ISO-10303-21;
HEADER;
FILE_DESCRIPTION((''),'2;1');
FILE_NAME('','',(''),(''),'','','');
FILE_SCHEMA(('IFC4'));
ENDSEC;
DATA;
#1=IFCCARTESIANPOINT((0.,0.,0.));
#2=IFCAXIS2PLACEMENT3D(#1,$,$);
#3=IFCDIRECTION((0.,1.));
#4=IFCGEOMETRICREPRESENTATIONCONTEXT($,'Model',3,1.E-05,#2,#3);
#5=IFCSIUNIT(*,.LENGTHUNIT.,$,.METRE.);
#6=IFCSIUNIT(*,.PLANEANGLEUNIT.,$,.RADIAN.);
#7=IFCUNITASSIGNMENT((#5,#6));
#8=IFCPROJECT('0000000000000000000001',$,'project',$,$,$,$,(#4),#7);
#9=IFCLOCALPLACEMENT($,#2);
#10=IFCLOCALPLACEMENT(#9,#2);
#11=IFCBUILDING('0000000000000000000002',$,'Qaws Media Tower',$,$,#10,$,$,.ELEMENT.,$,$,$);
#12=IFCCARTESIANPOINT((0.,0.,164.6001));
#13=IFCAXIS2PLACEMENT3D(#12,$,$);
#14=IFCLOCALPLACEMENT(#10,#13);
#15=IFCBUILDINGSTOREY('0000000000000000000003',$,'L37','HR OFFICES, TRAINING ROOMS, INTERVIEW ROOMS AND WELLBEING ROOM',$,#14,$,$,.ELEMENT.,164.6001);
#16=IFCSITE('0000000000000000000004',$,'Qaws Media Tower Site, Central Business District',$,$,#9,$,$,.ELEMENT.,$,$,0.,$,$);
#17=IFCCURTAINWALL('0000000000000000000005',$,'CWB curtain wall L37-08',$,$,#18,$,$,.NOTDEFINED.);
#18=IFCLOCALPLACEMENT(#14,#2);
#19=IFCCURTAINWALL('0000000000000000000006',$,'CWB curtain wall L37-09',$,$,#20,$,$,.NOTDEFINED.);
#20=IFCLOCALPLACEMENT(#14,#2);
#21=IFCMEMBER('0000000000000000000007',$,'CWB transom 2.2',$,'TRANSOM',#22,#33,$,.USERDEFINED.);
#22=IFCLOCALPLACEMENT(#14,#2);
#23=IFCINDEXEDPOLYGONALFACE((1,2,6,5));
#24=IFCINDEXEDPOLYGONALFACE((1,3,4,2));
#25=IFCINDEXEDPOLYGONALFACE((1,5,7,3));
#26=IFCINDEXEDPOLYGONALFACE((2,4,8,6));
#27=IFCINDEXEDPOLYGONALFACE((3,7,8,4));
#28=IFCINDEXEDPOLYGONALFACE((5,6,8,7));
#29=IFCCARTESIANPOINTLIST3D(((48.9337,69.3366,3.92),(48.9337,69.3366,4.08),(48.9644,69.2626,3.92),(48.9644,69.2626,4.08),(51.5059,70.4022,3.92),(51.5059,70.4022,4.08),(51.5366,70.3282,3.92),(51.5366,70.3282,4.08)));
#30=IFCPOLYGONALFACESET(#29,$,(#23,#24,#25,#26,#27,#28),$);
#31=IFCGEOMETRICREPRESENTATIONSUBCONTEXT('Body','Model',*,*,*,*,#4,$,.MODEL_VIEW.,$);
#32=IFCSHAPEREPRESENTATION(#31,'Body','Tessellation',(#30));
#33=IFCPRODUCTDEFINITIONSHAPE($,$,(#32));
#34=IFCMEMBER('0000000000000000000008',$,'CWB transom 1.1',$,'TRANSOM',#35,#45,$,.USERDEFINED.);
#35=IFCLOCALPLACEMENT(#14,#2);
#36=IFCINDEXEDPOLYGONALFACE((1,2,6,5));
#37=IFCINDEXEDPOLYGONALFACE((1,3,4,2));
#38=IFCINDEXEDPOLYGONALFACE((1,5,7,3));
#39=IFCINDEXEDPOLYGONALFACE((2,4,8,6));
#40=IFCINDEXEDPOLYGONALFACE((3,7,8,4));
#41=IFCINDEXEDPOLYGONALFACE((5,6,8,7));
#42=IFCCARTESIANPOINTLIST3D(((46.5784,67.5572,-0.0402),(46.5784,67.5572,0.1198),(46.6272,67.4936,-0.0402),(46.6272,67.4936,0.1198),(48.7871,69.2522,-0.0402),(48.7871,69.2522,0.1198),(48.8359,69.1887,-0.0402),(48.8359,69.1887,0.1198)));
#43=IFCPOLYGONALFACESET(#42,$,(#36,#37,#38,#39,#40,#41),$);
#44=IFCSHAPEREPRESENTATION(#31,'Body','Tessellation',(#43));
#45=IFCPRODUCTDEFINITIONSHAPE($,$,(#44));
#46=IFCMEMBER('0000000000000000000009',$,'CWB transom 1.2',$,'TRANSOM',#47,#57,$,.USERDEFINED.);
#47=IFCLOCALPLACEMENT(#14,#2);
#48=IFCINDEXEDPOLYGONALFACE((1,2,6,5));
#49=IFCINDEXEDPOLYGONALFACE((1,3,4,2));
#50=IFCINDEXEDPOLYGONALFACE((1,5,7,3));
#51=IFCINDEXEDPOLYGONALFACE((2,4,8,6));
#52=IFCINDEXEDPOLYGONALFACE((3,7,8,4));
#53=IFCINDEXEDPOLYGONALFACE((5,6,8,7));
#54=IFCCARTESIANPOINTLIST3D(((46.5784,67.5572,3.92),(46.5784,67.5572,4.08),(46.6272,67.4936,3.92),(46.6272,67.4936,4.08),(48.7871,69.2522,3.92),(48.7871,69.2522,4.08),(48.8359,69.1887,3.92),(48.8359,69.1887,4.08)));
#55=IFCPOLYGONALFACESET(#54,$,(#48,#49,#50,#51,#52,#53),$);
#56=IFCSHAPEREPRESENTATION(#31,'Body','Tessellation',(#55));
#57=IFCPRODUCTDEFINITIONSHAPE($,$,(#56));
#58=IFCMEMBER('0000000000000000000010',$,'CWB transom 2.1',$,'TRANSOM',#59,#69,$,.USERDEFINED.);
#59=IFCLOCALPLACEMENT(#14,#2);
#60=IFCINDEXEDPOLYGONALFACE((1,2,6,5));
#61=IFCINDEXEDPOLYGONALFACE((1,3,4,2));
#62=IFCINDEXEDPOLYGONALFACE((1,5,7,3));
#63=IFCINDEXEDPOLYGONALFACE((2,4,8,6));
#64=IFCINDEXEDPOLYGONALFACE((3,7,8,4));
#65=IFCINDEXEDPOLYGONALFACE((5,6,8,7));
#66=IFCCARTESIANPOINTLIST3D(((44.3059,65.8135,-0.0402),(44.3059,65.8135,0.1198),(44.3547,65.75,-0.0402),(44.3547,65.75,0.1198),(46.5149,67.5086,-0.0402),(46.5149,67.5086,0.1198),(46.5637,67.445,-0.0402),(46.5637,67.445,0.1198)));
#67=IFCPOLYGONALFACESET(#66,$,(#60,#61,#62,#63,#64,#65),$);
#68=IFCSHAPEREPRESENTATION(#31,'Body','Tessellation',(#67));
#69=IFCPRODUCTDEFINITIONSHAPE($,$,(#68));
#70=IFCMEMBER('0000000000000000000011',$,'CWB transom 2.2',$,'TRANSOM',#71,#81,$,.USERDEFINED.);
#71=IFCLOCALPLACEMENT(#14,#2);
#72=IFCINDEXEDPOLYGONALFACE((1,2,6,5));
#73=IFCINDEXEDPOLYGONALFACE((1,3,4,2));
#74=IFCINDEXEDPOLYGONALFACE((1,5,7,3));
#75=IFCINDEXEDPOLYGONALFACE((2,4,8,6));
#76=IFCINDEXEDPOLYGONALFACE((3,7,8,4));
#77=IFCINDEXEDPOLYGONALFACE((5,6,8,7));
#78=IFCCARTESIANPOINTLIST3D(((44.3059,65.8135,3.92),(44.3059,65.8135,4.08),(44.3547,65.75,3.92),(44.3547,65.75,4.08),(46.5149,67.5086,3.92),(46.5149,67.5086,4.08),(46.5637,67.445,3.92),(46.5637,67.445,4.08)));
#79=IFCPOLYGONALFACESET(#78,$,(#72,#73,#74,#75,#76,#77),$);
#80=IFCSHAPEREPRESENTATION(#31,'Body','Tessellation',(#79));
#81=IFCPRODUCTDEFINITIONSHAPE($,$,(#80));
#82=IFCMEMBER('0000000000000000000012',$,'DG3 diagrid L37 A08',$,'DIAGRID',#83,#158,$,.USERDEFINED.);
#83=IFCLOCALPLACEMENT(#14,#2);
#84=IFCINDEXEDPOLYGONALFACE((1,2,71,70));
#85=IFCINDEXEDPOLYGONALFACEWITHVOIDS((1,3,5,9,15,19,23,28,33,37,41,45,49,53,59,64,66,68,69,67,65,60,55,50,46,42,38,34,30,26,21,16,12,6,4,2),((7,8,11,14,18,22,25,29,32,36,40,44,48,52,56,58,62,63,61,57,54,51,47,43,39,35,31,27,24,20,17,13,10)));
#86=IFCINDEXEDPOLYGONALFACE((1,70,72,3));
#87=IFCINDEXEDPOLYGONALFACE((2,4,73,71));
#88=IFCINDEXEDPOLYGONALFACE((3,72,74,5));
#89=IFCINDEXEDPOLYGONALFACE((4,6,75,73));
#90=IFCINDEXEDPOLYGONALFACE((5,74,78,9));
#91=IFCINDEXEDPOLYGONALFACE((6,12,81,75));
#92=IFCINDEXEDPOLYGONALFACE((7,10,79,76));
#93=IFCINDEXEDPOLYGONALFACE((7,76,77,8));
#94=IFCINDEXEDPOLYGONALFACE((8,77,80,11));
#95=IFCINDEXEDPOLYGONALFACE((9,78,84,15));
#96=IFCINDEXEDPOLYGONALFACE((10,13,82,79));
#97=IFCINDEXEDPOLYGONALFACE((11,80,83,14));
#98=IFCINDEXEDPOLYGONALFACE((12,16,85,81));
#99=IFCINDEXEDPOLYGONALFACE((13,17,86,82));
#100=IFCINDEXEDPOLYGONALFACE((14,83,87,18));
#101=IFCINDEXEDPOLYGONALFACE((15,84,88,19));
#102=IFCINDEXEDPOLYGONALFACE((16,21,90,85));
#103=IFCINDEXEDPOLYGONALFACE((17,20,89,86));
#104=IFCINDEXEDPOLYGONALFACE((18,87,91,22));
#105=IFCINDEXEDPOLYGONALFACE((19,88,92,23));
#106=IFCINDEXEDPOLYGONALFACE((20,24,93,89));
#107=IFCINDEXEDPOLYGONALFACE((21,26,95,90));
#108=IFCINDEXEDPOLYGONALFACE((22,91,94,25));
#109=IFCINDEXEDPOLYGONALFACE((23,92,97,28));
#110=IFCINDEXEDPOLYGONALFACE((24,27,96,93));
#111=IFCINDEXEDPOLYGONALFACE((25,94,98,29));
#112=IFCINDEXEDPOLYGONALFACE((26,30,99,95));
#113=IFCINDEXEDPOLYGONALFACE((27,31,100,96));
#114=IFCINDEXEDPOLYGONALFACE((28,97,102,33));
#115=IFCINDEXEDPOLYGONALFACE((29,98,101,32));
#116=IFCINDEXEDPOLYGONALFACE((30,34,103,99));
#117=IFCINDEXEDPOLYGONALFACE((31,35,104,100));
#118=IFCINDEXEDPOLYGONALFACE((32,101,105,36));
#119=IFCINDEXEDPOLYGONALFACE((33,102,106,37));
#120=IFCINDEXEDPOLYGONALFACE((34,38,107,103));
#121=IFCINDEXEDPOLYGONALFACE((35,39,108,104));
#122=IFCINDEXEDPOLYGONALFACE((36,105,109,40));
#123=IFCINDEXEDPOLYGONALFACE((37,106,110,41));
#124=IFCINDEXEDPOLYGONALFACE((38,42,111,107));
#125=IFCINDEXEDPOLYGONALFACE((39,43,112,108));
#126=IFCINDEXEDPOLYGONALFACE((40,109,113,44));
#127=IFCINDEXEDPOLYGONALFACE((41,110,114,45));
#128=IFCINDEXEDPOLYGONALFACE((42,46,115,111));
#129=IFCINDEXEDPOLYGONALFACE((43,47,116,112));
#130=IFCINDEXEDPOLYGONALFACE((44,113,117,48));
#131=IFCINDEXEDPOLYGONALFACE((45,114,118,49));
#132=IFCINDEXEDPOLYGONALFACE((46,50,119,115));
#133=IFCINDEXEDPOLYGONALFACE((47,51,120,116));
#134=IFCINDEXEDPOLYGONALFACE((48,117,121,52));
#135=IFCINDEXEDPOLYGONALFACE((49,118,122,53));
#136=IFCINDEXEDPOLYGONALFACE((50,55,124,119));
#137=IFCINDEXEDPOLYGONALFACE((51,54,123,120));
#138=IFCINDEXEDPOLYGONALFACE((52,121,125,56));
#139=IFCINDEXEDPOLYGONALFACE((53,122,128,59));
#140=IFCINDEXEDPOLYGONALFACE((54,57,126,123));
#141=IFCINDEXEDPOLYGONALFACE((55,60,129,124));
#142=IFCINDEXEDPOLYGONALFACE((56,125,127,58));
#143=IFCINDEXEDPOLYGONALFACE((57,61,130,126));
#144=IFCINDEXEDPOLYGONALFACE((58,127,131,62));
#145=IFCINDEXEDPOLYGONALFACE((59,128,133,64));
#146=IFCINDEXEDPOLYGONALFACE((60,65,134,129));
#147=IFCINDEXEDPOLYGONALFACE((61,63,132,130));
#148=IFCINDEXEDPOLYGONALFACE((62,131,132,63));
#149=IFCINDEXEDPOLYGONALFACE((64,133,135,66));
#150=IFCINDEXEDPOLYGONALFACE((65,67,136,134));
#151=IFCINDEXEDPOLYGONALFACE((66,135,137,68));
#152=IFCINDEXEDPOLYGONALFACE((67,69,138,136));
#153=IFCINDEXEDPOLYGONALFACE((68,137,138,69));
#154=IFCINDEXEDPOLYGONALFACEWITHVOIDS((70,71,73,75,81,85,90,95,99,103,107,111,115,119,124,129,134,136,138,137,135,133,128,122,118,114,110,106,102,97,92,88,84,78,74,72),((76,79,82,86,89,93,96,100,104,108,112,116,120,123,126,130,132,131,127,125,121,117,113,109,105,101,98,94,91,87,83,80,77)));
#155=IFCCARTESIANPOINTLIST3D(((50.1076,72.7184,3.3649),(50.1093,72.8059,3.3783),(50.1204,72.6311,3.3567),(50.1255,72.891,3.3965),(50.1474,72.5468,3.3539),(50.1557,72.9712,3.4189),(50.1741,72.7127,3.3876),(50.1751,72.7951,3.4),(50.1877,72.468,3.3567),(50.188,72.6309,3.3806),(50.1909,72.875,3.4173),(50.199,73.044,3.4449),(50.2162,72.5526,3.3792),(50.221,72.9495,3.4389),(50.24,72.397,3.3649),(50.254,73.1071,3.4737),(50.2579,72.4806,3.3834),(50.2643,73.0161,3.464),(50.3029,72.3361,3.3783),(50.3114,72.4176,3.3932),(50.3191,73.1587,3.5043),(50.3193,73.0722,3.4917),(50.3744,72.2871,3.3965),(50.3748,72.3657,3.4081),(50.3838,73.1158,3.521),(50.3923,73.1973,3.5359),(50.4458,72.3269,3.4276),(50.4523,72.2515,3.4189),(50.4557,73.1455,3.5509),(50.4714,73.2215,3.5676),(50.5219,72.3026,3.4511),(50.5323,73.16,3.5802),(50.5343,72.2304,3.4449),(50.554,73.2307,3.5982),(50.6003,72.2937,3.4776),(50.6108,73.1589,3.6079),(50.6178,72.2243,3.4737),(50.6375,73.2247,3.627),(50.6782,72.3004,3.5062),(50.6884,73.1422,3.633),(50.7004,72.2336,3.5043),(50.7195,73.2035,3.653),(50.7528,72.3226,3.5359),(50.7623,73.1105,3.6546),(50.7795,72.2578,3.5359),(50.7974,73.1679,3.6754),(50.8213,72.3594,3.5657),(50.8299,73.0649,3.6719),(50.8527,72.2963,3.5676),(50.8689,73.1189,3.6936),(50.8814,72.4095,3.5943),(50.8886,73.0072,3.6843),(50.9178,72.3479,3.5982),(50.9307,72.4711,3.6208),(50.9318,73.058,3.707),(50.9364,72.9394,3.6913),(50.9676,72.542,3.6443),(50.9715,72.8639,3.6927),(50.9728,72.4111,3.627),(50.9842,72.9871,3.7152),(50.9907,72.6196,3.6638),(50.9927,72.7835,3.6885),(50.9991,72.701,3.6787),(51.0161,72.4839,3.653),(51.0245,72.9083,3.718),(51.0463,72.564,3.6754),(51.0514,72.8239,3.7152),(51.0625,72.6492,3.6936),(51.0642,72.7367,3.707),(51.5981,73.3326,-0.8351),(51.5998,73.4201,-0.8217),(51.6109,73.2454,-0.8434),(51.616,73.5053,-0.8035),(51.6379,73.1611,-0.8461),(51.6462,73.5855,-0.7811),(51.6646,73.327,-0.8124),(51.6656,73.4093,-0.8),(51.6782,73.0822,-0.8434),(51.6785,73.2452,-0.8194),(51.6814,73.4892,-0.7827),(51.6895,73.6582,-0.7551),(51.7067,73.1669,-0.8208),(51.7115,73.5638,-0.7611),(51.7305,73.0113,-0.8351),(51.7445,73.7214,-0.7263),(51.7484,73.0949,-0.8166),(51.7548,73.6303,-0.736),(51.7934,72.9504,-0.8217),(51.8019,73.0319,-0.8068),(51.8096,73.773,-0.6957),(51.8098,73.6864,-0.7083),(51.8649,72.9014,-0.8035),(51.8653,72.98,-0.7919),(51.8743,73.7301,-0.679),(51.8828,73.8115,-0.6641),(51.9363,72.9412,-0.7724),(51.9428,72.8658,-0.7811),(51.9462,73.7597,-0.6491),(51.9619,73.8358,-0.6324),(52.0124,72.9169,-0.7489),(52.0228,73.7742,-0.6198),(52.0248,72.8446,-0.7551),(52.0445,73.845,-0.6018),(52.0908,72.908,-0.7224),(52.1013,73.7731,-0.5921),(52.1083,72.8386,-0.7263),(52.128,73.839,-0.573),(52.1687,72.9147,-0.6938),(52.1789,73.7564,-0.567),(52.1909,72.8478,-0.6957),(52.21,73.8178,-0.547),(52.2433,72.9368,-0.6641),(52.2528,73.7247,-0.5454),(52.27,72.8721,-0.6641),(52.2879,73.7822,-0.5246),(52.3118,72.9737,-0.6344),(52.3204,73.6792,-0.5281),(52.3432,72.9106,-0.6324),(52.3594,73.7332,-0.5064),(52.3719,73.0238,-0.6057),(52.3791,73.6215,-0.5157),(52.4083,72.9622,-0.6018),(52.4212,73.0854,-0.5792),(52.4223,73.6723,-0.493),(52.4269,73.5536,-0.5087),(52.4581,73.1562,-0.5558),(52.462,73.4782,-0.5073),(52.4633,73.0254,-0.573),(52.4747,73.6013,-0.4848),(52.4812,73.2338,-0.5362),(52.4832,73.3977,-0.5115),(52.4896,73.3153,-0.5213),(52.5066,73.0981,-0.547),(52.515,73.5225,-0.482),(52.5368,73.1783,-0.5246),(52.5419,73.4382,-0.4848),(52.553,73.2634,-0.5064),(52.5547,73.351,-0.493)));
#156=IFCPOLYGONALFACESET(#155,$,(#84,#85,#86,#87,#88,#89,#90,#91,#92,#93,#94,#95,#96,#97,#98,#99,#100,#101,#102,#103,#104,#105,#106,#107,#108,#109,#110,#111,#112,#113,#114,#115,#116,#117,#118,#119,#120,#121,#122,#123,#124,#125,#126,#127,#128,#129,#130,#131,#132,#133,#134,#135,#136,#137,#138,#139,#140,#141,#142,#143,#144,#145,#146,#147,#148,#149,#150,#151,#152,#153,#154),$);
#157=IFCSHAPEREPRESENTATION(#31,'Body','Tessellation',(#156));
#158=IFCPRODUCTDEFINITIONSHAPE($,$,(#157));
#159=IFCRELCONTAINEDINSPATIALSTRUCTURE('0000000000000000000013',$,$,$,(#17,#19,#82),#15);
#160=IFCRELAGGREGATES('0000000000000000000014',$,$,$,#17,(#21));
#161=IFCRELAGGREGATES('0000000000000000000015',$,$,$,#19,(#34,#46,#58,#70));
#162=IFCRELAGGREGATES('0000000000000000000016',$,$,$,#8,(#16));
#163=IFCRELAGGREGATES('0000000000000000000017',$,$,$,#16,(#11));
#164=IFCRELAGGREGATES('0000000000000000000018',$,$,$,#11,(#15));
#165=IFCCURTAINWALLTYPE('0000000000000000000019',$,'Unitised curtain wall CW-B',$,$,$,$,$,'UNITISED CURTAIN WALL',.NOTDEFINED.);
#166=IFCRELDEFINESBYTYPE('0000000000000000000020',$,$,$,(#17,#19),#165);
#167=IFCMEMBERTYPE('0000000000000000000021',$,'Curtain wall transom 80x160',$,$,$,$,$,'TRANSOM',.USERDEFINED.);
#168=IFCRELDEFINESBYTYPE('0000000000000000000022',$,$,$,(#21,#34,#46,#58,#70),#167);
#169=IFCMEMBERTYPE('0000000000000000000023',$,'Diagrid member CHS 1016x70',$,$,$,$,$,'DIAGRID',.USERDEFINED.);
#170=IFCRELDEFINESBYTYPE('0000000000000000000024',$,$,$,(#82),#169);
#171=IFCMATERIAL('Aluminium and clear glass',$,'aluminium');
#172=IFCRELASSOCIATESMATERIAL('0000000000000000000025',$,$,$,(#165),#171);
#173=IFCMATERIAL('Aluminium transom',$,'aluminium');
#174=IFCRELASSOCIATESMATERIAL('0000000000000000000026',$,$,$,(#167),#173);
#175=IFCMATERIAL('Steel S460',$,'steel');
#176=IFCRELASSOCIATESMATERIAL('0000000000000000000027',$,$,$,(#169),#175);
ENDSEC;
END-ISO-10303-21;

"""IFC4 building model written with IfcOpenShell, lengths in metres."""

from ifc_helpers import new_model, si_unit, direction, frame, origin, origin_2d, place, context, subcontext, project, spatial, rectangle, hollow_circle, extrude, material, material_profile, profile_set, type_object, element, aggregate, save


model = new_model("IFC4")

# Units and contexts
model_context = context("Model", 3, precision=1e-05, world=origin(), true_north=direction((0.0, 1.0)))
body_context = subcontext(model_context, "Body", "Model", "MODEL_VIEW")
ifc_project = project(units=[si_unit("LENGTHUNIT", "METRE"), si_unit("PLANEANGLEUNIT", "RADIAN")], contexts=[model_context])

# Site, building, storey
site_placement = place(None, origin())
site = spatial("IfcSite", under=ifc_project, at=site_placement, Name="Qaws Media Tower Site, Central Business District", CompositionType="ELEMENT", RefElevation=0.0)
building_placement = place(site_placement, origin())
building = spatial("IfcBuilding", under=site, at=building_placement, Name="Qaws Media Tower", CompositionType="ELEMENT")
storey_placement = place(building_placement, frame((0.0, 0.0, 164.6001)))
storey = spatial("IfcBuildingStorey", under=building, at=storey_placement, Name="L37", Description="HR OFFICES, TRAINING ROOMS, INTERVIEW ROOMS AND WELLBEING ROOM", CompositionType="ELEMENT", Elevation=164.6001)

# Curtain walls
ifc_material_1 = material(Name="Aluminium and clear glass", Category="aluminium")
curtain_wall_type = type_object("IfcCurtainWallType", Name="Unitised curtain wall CW-B", ElementType="UNITISED CURTAIN WALL", PredefinedType="NOTDEFINED", material=ifc_material_1)
curtain_wall_1_placement = place(storey_placement, origin())
curtain_wall_1 = element("IfcCurtainWall", 1, at=curtain_wall_1_placement, inside=storey, type_object=curtain_wall_type, Name="CWB curtain wall L37-08", PredefinedType="NOTDEFINED")
curtain_wall_2_placement = place(storey_placement, origin())
curtain_wall_2 = element("IfcCurtainWall", 2, at=curtain_wall_2_placement, inside=storey, type_object=curtain_wall_type, Name="CWB curtain wall L37-09", PredefinedType="NOTDEFINED")

# Members
ifc_material_2 = material(Name="Aluminium transom", Category="aluminium")
ifc_material_profile_1 = material_profile(ifc_material_2, rectangle(XDim=0.0801, YDim=0.1599, at=origin_2d()), Name="80x160")
ifc_profile_set_1 = profile_set([ifc_material_profile_1], Name="Aluminium transom")
member_type_1 = type_object("IfcMemberType", Name="Curtain wall transom 80x160", ElementType="TRANSOM", PredefinedType="USERDEFINED", material=ifc_profile_set_1)
member_1_placement = place(storey_placement, frame((51.5212, 70.3652, 4.0), z_axis=(-0.923853, -0.382747, 0.0), x_axis=(0.382747, -0.923853, 0.0)))
member_1 = element("IfcMember", 3, at=member_1_placement, type_object=member_type_1, Name="CWB transom 2.2", ObjectType="TRANSOM", PredefinedType="USERDEFINED", context=body_context, shape_type="SweptSolid", body=[
    extrude(rectangle(XDim=0.0801, YDim=0.1599, at=origin_2d()), origin(), (0.0, 0.0, 1.0), 2.7842),
])
member_2_placement = place(storey_placement, frame((48.8115, 69.2205, 0.0398), z_axis=(-0.793311, -0.608816, 0.0), x_axis=(0.608816, -0.793311, 0.0)))
member_2 = element("IfcMember", 4, at=member_2_placement, type_object=member_type_1, Name="CWB transom 1.1", ObjectType="TRANSOM", PredefinedType="USERDEFINED", context=body_context, shape_type="SweptSolid", body=[
    extrude(rectangle(XDim=0.0801, YDim=0.1599, at=origin_2d()), origin(), (0.0, 0.0, 1.0), 2.7842),
])
member_3_placement = place(storey_placement, frame((48.8115, 69.2205, 4.0), z_axis=(-0.793311, -0.608816, 0.0), x_axis=(0.608816, -0.793311, 0.0)))
member_3 = element("IfcMember", 5, at=member_3_placement, type_object=member_type_1, Name="CWB transom 1.2", ObjectType="TRANSOM", PredefinedType="USERDEFINED", context=body_context, shape_type="SweptSolid", body=[
    extrude(rectangle(XDim=0.0801, YDim=0.1599, at=origin_2d()), origin(), (0.0, 0.0, 1.0), 2.7842),
])
member_4_placement = place(storey_placement, frame((46.5393, 67.4768, 0.0398), z_axis=(-0.793344, -0.608774, 0.0), x_axis=(0.608774, -0.793344, 0.0)))
member_4 = element("IfcMember", 6, at=member_4_placement, type_object=member_type_1, Name="CWB transom 2.1", ObjectType="TRANSOM", PredefinedType="USERDEFINED", context=body_context, shape_type="SweptSolid", body=[
    extrude(rectangle(XDim=0.0801, YDim=0.1599, at=origin_2d()), origin(), (0.0, 0.0, 1.0), 2.7844),
])
member_5_placement = place(storey_placement, frame((46.5393, 67.4768, 4.0), z_axis=(-0.793344, -0.608774, 0.0), x_axis=(0.608774, -0.793344, 0.0)))
member_5 = element("IfcMember", 7, at=member_5_placement, type_object=member_type_1, Name="CWB transom 2.2", ObjectType="TRANSOM", PredefinedType="USERDEFINED", context=body_context, shape_type="SweptSolid", body=[
    extrude(rectangle(XDim=0.0801, YDim=0.1599, at=origin_2d()), origin(), (0.0, 0.0, 1.0), 2.7844),
])

# Member
ifc_material_3 = material(Name="Steel S460", Category="steel")
ifc_material_profile_2 = material_profile(ifc_material_3, hollow_circle(Radius=0.5081, WallThickness=0.0701, at=origin_2d()), Name="CHS 1016x70")
ifc_profile_set_2 = profile_set([ifc_material_profile_2], Name="Steel S460")
member_type_2 = type_object("IfcMemberType", Name="Diagrid member CHS 1016x70", ElementType="DIAGRID", PredefinedType="USERDEFINED", material=ifc_profile_set_2)
for number, where, z_axis, x_axis, name in (
    (8, (52.0764, 73.3418, -0.6641), (-0.331312, -0.136541, 0.933589), (0.381032, -0.924562, 0.0), "DG3 diagrid L37 A08"),
):
    element("IfcMember", number, at=place(storey_placement, frame(where, z_axis=z_axis, x_axis=x_axis)), inside=storey, type_object=member_type_2, Name=name, ObjectType="DIAGRID", PredefinedType="USERDEFINED", context=body_context, shape_type="SweptSolid", body=[
        extrude(hollow_circle(Radius=0.5081, WallThickness=0.0701, at=origin_2d()), origin(), (0.0, 0.0, 1.0), 4.4988),
    ])

aggregate(curtain_wall_1, [member_1])
aggregate(curtain_wall_2, [member_2, member_3, member_4, member_5])

save(model, "model.ifc")
